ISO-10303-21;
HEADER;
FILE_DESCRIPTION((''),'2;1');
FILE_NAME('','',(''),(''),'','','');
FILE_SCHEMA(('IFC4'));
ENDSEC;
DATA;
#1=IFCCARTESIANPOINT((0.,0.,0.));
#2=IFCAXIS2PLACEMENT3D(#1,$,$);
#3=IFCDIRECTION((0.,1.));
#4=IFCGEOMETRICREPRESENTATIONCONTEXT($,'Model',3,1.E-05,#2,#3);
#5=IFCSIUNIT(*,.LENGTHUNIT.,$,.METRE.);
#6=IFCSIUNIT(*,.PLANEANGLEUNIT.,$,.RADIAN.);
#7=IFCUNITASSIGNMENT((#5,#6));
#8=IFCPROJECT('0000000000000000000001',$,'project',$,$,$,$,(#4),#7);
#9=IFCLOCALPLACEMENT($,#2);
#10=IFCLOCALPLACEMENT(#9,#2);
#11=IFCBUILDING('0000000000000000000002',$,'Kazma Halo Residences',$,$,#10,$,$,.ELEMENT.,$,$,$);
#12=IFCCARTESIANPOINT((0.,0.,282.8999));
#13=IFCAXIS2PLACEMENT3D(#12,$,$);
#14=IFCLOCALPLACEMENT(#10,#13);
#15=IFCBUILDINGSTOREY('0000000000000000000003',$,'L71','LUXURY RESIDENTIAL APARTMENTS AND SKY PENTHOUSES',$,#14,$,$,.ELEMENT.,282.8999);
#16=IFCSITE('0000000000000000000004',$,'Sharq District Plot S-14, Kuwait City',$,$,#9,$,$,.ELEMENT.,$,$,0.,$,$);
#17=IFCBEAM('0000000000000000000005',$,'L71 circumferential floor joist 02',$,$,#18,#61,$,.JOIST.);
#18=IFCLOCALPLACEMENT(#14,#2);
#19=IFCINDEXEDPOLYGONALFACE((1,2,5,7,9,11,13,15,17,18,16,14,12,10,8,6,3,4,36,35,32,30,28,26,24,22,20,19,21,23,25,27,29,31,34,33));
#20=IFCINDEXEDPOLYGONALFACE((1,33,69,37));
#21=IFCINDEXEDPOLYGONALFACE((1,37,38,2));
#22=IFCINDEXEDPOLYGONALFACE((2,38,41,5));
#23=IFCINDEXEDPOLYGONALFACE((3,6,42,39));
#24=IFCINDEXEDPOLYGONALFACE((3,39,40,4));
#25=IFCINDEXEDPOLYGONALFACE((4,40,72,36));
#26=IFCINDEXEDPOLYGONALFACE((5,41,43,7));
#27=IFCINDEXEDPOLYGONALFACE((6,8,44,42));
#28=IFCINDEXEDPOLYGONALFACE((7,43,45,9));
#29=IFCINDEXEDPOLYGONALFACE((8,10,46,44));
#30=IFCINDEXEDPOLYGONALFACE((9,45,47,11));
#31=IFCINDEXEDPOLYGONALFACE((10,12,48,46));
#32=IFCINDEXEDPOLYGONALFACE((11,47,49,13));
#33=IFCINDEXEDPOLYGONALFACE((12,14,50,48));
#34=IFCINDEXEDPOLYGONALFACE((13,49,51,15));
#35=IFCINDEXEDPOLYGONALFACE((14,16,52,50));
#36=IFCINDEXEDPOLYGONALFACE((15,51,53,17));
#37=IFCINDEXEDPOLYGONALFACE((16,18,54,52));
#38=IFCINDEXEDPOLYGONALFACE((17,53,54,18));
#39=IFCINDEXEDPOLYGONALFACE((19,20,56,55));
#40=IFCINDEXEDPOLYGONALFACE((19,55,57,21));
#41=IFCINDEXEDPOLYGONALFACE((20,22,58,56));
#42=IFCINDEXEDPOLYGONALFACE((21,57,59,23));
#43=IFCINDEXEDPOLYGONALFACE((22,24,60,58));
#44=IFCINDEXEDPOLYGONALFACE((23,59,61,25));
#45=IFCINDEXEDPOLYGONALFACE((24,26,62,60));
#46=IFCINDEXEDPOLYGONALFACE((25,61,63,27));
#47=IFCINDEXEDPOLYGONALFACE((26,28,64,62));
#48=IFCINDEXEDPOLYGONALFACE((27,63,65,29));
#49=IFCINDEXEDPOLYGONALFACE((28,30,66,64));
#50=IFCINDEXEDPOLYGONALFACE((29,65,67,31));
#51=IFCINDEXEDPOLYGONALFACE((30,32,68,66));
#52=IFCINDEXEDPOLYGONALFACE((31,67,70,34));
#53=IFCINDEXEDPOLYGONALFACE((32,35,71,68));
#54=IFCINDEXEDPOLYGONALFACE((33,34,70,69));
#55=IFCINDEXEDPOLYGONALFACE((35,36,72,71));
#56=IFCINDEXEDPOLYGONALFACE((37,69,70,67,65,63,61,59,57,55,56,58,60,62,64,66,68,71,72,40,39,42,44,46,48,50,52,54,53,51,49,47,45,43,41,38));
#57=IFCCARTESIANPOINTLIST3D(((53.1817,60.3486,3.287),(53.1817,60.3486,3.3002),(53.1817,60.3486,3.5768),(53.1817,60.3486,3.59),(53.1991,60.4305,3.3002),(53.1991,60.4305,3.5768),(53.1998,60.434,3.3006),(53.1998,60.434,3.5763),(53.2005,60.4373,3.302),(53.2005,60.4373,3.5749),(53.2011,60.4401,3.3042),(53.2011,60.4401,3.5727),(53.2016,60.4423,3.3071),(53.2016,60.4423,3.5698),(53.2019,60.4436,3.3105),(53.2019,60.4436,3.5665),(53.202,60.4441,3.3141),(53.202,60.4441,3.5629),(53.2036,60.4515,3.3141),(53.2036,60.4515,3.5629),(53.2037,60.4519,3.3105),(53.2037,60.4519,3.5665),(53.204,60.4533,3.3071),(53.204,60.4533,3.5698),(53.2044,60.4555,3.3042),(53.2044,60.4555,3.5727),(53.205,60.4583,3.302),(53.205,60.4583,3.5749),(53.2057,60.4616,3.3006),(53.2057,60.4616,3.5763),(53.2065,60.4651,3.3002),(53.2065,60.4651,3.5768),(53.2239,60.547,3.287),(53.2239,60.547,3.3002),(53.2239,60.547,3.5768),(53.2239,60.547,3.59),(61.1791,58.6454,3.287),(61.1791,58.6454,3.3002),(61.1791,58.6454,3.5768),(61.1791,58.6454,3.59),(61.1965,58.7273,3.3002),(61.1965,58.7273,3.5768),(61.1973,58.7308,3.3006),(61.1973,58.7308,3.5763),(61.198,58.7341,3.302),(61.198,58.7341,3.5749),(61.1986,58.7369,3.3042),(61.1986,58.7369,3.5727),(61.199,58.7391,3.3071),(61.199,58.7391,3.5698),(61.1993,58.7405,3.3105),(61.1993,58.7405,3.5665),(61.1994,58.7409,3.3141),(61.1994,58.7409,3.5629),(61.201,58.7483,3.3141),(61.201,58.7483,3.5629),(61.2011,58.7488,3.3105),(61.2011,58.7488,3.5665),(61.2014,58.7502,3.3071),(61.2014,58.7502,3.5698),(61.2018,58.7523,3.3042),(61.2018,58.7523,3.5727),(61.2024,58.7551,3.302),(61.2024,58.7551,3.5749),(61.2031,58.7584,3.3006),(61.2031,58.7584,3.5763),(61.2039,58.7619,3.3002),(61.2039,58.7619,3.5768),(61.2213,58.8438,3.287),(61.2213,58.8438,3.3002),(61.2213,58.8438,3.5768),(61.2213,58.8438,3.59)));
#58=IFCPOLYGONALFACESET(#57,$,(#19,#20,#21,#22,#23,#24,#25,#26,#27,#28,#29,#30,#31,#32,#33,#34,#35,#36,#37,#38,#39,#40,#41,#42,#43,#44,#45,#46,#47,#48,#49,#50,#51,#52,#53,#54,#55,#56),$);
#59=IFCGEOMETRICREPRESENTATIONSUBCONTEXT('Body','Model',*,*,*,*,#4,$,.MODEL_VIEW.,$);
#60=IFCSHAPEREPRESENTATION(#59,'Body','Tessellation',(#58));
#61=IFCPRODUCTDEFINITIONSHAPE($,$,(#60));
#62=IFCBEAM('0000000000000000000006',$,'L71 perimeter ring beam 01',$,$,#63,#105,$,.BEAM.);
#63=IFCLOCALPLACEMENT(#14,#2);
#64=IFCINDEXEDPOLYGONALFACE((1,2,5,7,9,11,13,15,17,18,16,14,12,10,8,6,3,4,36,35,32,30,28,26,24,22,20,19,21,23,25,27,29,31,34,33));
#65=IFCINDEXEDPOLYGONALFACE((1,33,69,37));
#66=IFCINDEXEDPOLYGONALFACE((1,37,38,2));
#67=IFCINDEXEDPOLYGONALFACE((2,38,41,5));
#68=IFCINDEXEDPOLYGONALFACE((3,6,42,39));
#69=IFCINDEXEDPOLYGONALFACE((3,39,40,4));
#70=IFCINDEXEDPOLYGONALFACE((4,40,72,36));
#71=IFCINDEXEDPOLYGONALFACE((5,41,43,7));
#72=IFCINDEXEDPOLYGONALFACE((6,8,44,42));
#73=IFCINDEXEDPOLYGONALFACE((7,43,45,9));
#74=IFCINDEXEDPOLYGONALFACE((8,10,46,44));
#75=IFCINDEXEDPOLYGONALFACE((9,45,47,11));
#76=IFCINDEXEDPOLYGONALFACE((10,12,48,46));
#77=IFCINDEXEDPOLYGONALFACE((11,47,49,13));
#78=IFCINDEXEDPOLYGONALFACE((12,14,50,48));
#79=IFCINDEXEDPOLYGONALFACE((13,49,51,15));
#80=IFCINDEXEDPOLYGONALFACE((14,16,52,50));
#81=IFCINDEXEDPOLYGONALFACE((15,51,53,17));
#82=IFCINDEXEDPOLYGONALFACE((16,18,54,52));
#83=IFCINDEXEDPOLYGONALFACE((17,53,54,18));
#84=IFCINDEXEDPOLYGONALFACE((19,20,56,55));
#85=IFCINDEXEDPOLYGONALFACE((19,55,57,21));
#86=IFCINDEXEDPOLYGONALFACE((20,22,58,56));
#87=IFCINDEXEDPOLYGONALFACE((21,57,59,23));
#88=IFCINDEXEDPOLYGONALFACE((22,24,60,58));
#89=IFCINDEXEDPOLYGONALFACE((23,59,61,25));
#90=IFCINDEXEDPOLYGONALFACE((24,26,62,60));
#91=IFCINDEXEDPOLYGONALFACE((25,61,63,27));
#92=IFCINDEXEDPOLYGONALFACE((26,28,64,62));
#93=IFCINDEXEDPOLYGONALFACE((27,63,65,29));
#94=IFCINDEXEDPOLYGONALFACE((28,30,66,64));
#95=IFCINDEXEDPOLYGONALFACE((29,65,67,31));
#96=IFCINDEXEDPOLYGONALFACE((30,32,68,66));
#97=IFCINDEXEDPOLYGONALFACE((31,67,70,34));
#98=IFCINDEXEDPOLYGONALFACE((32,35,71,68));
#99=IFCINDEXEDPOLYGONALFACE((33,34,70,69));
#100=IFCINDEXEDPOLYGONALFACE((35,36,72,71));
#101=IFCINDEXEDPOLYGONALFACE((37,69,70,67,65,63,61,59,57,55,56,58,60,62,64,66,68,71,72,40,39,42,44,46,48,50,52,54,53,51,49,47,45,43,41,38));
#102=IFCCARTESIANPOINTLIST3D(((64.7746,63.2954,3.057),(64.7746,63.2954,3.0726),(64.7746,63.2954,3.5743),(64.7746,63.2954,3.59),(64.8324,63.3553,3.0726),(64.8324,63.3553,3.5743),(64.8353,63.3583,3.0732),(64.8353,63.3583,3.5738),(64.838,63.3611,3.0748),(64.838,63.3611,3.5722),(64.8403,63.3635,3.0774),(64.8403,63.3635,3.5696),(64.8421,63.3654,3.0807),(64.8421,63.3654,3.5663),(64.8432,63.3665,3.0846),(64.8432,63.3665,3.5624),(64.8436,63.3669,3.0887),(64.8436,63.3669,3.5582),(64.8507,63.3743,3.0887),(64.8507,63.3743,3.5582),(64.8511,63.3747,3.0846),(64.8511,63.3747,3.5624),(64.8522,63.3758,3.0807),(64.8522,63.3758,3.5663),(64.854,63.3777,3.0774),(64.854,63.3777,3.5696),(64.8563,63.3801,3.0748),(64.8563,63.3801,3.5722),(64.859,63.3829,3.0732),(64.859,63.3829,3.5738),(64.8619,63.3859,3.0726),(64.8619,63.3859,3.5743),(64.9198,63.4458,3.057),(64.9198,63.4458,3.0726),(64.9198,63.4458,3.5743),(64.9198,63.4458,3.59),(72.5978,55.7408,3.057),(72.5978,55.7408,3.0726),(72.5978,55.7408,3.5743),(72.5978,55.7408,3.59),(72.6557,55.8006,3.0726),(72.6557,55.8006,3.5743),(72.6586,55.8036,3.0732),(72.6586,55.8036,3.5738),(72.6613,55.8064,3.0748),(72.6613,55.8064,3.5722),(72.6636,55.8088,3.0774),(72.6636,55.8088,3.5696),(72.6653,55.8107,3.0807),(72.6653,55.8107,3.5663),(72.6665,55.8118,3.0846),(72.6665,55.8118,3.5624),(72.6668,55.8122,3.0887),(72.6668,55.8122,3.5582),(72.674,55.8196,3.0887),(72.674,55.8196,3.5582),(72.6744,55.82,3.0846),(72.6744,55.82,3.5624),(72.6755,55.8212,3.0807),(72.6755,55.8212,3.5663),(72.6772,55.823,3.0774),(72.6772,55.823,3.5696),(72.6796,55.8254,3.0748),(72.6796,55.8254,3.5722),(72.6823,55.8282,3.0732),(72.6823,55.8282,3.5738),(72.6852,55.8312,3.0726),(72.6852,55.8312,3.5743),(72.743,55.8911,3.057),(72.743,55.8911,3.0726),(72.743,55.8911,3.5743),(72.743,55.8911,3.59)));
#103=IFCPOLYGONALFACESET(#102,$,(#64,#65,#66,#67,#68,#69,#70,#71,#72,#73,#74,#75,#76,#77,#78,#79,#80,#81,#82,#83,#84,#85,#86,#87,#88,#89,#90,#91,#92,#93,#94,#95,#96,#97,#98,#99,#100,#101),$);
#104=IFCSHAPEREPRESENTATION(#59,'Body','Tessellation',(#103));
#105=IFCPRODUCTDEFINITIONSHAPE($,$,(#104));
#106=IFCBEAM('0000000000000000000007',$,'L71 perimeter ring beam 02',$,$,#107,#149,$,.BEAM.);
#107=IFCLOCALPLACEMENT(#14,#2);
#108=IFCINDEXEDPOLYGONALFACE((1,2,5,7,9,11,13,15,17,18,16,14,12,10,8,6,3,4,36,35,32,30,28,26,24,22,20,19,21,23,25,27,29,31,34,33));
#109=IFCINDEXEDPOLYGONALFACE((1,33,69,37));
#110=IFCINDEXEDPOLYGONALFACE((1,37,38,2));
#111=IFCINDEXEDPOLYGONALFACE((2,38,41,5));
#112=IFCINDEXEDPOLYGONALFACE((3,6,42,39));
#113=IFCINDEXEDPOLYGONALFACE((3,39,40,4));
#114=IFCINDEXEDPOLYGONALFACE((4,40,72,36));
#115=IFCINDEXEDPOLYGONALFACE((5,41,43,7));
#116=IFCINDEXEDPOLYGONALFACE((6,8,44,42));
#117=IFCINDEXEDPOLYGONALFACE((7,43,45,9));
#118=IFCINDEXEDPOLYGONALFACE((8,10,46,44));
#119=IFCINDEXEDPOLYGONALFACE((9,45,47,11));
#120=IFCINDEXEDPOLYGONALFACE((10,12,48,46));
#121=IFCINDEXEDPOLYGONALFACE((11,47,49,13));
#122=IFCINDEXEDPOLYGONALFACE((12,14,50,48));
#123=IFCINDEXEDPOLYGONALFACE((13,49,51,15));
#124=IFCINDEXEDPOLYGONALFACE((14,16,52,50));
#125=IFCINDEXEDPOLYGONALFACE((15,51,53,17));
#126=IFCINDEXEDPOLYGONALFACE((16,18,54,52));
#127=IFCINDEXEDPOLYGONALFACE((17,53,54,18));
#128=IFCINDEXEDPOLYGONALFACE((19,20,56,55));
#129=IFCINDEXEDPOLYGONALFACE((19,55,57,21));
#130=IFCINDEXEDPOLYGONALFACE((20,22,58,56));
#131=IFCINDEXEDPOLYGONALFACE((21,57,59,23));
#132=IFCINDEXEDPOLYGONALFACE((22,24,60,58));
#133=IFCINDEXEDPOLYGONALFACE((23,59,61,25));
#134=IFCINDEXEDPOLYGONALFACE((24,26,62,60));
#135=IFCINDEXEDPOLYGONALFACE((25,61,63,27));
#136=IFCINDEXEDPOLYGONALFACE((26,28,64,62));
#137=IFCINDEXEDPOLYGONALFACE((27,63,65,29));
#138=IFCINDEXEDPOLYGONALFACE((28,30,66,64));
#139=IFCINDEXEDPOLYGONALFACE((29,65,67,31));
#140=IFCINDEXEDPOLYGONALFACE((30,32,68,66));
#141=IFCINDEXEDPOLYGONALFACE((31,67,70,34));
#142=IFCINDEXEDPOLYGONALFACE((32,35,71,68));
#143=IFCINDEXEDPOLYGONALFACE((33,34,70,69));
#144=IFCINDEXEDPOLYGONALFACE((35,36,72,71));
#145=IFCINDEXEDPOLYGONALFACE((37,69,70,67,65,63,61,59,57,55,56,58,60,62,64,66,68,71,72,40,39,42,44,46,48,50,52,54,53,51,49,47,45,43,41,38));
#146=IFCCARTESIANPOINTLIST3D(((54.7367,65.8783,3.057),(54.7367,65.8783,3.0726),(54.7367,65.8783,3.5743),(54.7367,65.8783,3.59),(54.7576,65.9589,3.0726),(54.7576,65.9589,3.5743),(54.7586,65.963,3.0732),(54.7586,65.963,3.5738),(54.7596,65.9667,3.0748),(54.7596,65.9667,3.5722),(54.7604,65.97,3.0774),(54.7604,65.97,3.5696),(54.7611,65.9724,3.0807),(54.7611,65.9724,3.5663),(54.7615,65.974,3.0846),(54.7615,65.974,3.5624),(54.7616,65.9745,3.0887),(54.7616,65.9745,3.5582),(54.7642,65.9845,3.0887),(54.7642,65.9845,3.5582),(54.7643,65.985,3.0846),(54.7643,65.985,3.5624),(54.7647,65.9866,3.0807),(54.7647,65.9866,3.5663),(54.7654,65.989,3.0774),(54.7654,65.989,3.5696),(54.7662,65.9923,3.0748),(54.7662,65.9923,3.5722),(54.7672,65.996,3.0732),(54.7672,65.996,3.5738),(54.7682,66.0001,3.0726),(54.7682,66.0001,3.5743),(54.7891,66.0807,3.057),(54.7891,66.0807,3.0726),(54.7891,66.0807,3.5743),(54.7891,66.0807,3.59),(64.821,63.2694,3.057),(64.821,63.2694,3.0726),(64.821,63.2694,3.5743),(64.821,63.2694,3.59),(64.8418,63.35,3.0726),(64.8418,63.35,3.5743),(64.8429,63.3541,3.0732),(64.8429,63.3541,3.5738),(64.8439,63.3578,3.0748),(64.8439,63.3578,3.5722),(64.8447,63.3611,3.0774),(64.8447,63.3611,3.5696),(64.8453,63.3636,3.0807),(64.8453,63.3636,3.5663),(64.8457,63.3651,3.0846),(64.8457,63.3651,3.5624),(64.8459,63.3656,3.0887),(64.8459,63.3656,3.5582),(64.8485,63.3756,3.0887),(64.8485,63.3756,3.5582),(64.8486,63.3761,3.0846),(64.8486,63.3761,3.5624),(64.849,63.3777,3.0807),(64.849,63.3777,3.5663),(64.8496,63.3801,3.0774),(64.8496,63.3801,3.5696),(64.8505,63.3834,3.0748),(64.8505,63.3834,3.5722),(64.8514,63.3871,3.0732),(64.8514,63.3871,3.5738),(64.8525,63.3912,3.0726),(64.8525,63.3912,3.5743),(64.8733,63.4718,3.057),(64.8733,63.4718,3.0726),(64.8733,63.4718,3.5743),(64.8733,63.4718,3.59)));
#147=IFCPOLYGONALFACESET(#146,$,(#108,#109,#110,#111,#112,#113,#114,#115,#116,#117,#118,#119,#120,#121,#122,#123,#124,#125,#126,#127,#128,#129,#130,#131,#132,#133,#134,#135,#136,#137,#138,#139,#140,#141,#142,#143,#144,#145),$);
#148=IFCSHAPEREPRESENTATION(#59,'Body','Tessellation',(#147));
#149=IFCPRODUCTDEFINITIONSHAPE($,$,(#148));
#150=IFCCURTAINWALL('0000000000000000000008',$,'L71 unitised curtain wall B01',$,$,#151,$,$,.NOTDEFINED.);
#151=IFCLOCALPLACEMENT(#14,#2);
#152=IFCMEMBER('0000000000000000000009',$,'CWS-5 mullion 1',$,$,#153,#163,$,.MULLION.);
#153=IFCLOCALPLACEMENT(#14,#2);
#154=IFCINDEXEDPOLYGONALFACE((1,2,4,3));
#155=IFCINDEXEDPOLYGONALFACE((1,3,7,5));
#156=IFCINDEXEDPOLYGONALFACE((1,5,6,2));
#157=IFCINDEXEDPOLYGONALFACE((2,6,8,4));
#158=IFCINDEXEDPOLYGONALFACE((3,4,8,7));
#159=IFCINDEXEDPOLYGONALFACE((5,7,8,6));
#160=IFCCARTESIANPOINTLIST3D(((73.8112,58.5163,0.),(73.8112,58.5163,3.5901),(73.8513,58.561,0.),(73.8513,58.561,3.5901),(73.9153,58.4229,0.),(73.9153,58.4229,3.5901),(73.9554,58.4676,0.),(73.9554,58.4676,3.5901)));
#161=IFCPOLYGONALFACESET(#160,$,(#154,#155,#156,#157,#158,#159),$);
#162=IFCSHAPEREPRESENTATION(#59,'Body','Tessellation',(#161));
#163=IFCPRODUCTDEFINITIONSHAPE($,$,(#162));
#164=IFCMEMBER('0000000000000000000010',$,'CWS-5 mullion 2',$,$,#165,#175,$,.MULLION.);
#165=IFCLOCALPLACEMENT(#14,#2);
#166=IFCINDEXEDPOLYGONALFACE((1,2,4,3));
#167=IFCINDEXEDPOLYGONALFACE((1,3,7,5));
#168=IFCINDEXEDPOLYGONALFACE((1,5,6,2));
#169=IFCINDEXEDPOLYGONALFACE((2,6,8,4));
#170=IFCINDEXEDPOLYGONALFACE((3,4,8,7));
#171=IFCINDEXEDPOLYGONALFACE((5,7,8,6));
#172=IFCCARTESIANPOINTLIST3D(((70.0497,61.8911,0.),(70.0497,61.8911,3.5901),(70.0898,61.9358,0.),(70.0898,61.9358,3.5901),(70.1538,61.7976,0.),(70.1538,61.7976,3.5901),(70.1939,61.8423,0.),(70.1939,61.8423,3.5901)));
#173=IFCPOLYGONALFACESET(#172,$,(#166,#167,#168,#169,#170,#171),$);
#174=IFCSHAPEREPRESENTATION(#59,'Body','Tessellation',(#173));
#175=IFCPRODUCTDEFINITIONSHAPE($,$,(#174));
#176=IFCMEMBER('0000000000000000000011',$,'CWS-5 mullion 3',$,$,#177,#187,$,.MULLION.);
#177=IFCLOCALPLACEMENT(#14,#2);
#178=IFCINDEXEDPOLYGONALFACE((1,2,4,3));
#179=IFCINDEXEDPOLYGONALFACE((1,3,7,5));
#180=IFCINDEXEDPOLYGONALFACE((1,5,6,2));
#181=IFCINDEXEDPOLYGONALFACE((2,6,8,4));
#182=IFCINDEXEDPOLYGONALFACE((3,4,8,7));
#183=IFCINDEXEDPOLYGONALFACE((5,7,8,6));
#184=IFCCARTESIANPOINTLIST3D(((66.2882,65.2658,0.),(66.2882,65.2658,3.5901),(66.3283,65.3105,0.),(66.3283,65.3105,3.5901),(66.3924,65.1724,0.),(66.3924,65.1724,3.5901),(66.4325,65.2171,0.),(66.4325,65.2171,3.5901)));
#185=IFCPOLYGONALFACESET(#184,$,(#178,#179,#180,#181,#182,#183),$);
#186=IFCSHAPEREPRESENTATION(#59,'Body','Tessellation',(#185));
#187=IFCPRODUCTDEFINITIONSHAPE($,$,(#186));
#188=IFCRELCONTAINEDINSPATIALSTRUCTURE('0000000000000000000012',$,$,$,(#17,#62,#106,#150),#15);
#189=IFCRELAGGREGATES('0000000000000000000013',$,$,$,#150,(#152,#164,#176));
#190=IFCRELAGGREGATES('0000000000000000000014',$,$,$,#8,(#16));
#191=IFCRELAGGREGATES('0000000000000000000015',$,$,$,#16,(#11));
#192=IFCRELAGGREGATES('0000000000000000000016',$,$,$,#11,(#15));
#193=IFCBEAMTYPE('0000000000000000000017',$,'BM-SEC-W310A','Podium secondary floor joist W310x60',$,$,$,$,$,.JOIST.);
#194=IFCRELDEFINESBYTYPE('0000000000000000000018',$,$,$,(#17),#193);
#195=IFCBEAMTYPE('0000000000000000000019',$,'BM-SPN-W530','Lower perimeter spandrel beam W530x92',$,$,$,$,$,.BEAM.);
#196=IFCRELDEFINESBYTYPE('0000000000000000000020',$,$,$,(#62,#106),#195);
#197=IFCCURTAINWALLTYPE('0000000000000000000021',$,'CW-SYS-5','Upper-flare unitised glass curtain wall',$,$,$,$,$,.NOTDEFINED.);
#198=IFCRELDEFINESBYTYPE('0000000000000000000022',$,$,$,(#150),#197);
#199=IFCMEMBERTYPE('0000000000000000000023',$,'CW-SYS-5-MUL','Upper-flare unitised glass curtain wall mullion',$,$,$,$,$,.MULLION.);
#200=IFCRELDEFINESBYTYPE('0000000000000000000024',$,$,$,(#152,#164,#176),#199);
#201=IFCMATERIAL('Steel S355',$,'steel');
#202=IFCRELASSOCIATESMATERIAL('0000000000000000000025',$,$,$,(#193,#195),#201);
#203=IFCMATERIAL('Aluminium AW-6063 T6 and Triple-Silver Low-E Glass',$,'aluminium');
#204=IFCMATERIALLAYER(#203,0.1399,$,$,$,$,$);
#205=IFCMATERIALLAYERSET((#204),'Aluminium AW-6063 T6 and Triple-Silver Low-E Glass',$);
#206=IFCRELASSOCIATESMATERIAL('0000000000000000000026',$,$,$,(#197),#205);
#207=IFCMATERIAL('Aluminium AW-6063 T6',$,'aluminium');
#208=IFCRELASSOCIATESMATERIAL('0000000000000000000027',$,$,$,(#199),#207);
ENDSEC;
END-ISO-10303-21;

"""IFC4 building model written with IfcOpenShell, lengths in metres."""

from ifc_helpers import new_model, si_unit, direction, frame, origin, origin_2d, place, context, subcontext, project, spatial, rectangle, i_section, extrude, material, layer, layer_set, material_profile, profile_set, type_object, element, aggregate, save


model = new_model("IFC4")

# Units and contexts
model_context = context("Model", 3, precision=1e-05, world=origin(), true_north=direction((0.0, 1.0)))
body_context = subcontext(model_context, "Body", "Model", "MODEL_VIEW")
ifc_project = project(units=[si_unit("LENGTHUNIT", "METRE"), si_unit("PLANEANGLEUNIT", "RADIAN")], contexts=[model_context])

# Site, building, storey
site_placement = place(None, origin())
site = spatial("IfcSite", under=ifc_project, at=site_placement, Name="Sharq District Plot S-14, Kuwait City", CompositionType="ELEMENT", RefElevation=0.0)
building_placement = place(site_placement, origin())
building = spatial("IfcBuilding", under=site, at=building_placement, Name="Kazma Halo Residences", CompositionType="ELEMENT")
storey_placement = place(building_placement, frame((0.0, 0.0, 282.8999)))
storey = spatial("IfcBuildingStorey", under=building, at=storey_placement, Name="L71", Description="LUXURY RESIDENTIAL APARTMENTS AND SKY PENTHOUSES", CompositionType="ELEMENT", Elevation=282.8999)

# Beams
ifc_material_1 = material(Name="Steel S355", Category="steel")
ifc_material_profile_1 = material_profile(ifc_material_1, i_section(OverallWidth=0.2029, OverallDepth=0.303, WebThickness=0.0076, FlangeThickness=0.0132, FilletRadius=0.0139, at=origin_2d()), Name="W310x60")
ifc_profile_set_1 = profile_set([ifc_material_profile_1], Name="Steel S355")
beam_type_1 = type_object("IfcBeamType", Name="BM-SEC-W310A", Description="Podium secondary floor joist W310x60", PredefinedType="JOIST", material=ifc_profile_set_1)
beam_1_placement = place(storey_placement, frame((61.2002, 58.7446, 3.4385), z_axis=(-0.978067, 0.208291, 0.0), x_axis=(-0.208291, -0.978067, 0.0)))
element("IfcBeam", 1, at=beam_1_placement, inside=storey, type_object=beam_type_1, Name="L71 circumferential floor joist 02", PredefinedType="JOIST", context=body_context, shape_type="SweptSolid", body=[
    extrude(i_section(OverallWidth=0.2029, OverallDepth=0.303, WebThickness=0.0076, FlangeThickness=0.0132, FilletRadius=0.0139, at=origin_2d()), origin(), (0.0, 0.0, 1.0), 8.1768),
])
ifc_material_profile_2 = material_profile(ifc_material_1, i_section(OverallWidth=0.209, OverallDepth=0.533, WebThickness=0.0103, FlangeThickness=0.0156, FilletRadius=0.0161, at=origin_2d()), Name="W530x92")
ifc_profile_set_2 = profile_set([ifc_material_profile_2], Name="Steel S355")
beam_type_2 = type_object("IfcBeamType", Name="BM-SPN-W530", Description="Lower perimeter spandrel beam W530x92", PredefinedType="BEAM", material=ifc_profile_set_2)
beam_2_placement = place(storey_placement, frame((72.6704, 55.8159, 3.3235), z_axis=(-0.719346, 0.694652, 0.0), x_axis=(-0.694652, -0.719346, 0.0)))
element("IfcBeam", 2, at=beam_2_placement, inside=storey, type_object=beam_type_2, Name="L71 perimeter ring beam 01", PredefinedType="BEAM", context=body_context, shape_type="SweptSolid", body=[
    extrude(i_section(OverallWidth=0.209, OverallDepth=0.533, WebThickness=0.0103, FlangeThickness=0.0156, FilletRadius=0.0161, at=origin_2d()), origin(), (0.0, 0.0, 1.0), 10.8755),
])
beam_3_placement = place(storey_placement, frame((64.8472, 63.3706, 3.3235), z_axis=(-0.968126, 0.250464, 0.0), x_axis=(-0.250464, -0.968126, 0.0)))
element("IfcBeam", 3, at=beam_3_placement, inside=storey, type_object=beam_type_2, Name="L71 perimeter ring beam 02", PredefinedType="BEAM", context=body_context, shape_type="SweptSolid", body=[
    extrude(i_section(OverallWidth=0.209, OverallDepth=0.533, WebThickness=0.0103, FlangeThickness=0.0156, FilletRadius=0.0161, at=origin_2d()), origin(), (0.0, 0.0, 1.0), 10.4163),
])

# Curtain wall, members
ifc_material_2 = material(Name="Aluminium AW-6063 T6 and Triple-Silver Low-E Glass", Category="aluminium")
ifc_layer_1 = layer(ifc_material_2, 0.1399)
ifc_layer_set_1 = layer_set([ifc_layer_1], Name="Aluminium AW-6063 T6 and Triple-Silver Low-E Glass")
curtain_wall_type = type_object("IfcCurtainWallType", Name="CW-SYS-5", Description="Upper-flare unitised glass curtain wall", PredefinedType="NOTDEFINED", material=ifc_layer_set_1)
curtain_wall_1_placement = place(storey_placement, origin())
curtain_wall_1 = element("IfcCurtainWall", 4, at=curtain_wall_1_placement, inside=storey, type_object=curtain_wall_type, Name="L71 unitised curtain wall B01", PredefinedType="NOTDEFINED")
ifc_material_3 = material(Name="Aluminium AW-6063 T6", Category="aluminium")
ifc_material_profile_3 = material_profile(ifc_material_3, rectangle(XDim=0.0601, YDim=0.1399, at=origin_2d()), Name="CWM-60x140")
ifc_profile_set_3 = profile_set([ifc_material_profile_3], Name="Aluminium AW-6063 T6")
member_type_1 = type_object("IfcMemberType", Name="CW-SYS-5-MUL", Description="Upper-flare unitised glass curtain wall mullion", PredefinedType="MULLION", material=ifc_profile_set_3)
member_1_placement = place(storey_placement, frame((73.8833, 58.4919, 0.0), z_axis=(0.0, 0.0, 1.0), x_axis=(-0.667805, -0.744336, 0.0)))
member_1 = element("IfcMember", 5, at=member_1_placement, type_object=member_type_1, Name="CWS-5 mullion 1", PredefinedType="MULLION", context=body_context, shape_type="SweptSolid", body=[
    extrude(rectangle(XDim=0.0601, YDim=0.1399, at=origin_2d()), origin(), (0.0, 0.0, 1.0), 3.5901),
])
member_2_placement = place(storey_placement, frame((70.1218, 61.8667, 0.0), z_axis=(0.0, 0.0, 1.0), x_axis=(-0.667805, -0.744336, 0.0)))
member_2 = element("IfcMember", 6, at=member_2_placement, type_object=member_type_1, Name="CWS-5 mullion 2", PredefinedType="MULLION", context=body_context, shape_type="SweptSolid", body=[
    extrude(rectangle(XDim=0.0601, YDim=0.1399, at=origin_2d()), origin(), (0.0, 0.0, 1.0), 3.5901),
])
member_3_placement = place(storey_placement, frame((66.3604, 65.2415, 0.0), z_axis=(0.0, 0.0, 1.0), x_axis=(-0.667805, -0.744336, 0.0)))
member_3 = element("IfcMember", 7, at=member_3_placement, type_object=member_type_1, Name="CWS-5 mullion 3", PredefinedType="MULLION", context=body_context, shape_type="SweptSolid", body=[
    extrude(rectangle(XDim=0.0601, YDim=0.1399, at=origin_2d()), origin(), (0.0, 0.0, 1.0), 3.5901),
])

aggregate(curtain_wall_1, [member_1, member_2, member_3])

save(model, "model.ifc")
